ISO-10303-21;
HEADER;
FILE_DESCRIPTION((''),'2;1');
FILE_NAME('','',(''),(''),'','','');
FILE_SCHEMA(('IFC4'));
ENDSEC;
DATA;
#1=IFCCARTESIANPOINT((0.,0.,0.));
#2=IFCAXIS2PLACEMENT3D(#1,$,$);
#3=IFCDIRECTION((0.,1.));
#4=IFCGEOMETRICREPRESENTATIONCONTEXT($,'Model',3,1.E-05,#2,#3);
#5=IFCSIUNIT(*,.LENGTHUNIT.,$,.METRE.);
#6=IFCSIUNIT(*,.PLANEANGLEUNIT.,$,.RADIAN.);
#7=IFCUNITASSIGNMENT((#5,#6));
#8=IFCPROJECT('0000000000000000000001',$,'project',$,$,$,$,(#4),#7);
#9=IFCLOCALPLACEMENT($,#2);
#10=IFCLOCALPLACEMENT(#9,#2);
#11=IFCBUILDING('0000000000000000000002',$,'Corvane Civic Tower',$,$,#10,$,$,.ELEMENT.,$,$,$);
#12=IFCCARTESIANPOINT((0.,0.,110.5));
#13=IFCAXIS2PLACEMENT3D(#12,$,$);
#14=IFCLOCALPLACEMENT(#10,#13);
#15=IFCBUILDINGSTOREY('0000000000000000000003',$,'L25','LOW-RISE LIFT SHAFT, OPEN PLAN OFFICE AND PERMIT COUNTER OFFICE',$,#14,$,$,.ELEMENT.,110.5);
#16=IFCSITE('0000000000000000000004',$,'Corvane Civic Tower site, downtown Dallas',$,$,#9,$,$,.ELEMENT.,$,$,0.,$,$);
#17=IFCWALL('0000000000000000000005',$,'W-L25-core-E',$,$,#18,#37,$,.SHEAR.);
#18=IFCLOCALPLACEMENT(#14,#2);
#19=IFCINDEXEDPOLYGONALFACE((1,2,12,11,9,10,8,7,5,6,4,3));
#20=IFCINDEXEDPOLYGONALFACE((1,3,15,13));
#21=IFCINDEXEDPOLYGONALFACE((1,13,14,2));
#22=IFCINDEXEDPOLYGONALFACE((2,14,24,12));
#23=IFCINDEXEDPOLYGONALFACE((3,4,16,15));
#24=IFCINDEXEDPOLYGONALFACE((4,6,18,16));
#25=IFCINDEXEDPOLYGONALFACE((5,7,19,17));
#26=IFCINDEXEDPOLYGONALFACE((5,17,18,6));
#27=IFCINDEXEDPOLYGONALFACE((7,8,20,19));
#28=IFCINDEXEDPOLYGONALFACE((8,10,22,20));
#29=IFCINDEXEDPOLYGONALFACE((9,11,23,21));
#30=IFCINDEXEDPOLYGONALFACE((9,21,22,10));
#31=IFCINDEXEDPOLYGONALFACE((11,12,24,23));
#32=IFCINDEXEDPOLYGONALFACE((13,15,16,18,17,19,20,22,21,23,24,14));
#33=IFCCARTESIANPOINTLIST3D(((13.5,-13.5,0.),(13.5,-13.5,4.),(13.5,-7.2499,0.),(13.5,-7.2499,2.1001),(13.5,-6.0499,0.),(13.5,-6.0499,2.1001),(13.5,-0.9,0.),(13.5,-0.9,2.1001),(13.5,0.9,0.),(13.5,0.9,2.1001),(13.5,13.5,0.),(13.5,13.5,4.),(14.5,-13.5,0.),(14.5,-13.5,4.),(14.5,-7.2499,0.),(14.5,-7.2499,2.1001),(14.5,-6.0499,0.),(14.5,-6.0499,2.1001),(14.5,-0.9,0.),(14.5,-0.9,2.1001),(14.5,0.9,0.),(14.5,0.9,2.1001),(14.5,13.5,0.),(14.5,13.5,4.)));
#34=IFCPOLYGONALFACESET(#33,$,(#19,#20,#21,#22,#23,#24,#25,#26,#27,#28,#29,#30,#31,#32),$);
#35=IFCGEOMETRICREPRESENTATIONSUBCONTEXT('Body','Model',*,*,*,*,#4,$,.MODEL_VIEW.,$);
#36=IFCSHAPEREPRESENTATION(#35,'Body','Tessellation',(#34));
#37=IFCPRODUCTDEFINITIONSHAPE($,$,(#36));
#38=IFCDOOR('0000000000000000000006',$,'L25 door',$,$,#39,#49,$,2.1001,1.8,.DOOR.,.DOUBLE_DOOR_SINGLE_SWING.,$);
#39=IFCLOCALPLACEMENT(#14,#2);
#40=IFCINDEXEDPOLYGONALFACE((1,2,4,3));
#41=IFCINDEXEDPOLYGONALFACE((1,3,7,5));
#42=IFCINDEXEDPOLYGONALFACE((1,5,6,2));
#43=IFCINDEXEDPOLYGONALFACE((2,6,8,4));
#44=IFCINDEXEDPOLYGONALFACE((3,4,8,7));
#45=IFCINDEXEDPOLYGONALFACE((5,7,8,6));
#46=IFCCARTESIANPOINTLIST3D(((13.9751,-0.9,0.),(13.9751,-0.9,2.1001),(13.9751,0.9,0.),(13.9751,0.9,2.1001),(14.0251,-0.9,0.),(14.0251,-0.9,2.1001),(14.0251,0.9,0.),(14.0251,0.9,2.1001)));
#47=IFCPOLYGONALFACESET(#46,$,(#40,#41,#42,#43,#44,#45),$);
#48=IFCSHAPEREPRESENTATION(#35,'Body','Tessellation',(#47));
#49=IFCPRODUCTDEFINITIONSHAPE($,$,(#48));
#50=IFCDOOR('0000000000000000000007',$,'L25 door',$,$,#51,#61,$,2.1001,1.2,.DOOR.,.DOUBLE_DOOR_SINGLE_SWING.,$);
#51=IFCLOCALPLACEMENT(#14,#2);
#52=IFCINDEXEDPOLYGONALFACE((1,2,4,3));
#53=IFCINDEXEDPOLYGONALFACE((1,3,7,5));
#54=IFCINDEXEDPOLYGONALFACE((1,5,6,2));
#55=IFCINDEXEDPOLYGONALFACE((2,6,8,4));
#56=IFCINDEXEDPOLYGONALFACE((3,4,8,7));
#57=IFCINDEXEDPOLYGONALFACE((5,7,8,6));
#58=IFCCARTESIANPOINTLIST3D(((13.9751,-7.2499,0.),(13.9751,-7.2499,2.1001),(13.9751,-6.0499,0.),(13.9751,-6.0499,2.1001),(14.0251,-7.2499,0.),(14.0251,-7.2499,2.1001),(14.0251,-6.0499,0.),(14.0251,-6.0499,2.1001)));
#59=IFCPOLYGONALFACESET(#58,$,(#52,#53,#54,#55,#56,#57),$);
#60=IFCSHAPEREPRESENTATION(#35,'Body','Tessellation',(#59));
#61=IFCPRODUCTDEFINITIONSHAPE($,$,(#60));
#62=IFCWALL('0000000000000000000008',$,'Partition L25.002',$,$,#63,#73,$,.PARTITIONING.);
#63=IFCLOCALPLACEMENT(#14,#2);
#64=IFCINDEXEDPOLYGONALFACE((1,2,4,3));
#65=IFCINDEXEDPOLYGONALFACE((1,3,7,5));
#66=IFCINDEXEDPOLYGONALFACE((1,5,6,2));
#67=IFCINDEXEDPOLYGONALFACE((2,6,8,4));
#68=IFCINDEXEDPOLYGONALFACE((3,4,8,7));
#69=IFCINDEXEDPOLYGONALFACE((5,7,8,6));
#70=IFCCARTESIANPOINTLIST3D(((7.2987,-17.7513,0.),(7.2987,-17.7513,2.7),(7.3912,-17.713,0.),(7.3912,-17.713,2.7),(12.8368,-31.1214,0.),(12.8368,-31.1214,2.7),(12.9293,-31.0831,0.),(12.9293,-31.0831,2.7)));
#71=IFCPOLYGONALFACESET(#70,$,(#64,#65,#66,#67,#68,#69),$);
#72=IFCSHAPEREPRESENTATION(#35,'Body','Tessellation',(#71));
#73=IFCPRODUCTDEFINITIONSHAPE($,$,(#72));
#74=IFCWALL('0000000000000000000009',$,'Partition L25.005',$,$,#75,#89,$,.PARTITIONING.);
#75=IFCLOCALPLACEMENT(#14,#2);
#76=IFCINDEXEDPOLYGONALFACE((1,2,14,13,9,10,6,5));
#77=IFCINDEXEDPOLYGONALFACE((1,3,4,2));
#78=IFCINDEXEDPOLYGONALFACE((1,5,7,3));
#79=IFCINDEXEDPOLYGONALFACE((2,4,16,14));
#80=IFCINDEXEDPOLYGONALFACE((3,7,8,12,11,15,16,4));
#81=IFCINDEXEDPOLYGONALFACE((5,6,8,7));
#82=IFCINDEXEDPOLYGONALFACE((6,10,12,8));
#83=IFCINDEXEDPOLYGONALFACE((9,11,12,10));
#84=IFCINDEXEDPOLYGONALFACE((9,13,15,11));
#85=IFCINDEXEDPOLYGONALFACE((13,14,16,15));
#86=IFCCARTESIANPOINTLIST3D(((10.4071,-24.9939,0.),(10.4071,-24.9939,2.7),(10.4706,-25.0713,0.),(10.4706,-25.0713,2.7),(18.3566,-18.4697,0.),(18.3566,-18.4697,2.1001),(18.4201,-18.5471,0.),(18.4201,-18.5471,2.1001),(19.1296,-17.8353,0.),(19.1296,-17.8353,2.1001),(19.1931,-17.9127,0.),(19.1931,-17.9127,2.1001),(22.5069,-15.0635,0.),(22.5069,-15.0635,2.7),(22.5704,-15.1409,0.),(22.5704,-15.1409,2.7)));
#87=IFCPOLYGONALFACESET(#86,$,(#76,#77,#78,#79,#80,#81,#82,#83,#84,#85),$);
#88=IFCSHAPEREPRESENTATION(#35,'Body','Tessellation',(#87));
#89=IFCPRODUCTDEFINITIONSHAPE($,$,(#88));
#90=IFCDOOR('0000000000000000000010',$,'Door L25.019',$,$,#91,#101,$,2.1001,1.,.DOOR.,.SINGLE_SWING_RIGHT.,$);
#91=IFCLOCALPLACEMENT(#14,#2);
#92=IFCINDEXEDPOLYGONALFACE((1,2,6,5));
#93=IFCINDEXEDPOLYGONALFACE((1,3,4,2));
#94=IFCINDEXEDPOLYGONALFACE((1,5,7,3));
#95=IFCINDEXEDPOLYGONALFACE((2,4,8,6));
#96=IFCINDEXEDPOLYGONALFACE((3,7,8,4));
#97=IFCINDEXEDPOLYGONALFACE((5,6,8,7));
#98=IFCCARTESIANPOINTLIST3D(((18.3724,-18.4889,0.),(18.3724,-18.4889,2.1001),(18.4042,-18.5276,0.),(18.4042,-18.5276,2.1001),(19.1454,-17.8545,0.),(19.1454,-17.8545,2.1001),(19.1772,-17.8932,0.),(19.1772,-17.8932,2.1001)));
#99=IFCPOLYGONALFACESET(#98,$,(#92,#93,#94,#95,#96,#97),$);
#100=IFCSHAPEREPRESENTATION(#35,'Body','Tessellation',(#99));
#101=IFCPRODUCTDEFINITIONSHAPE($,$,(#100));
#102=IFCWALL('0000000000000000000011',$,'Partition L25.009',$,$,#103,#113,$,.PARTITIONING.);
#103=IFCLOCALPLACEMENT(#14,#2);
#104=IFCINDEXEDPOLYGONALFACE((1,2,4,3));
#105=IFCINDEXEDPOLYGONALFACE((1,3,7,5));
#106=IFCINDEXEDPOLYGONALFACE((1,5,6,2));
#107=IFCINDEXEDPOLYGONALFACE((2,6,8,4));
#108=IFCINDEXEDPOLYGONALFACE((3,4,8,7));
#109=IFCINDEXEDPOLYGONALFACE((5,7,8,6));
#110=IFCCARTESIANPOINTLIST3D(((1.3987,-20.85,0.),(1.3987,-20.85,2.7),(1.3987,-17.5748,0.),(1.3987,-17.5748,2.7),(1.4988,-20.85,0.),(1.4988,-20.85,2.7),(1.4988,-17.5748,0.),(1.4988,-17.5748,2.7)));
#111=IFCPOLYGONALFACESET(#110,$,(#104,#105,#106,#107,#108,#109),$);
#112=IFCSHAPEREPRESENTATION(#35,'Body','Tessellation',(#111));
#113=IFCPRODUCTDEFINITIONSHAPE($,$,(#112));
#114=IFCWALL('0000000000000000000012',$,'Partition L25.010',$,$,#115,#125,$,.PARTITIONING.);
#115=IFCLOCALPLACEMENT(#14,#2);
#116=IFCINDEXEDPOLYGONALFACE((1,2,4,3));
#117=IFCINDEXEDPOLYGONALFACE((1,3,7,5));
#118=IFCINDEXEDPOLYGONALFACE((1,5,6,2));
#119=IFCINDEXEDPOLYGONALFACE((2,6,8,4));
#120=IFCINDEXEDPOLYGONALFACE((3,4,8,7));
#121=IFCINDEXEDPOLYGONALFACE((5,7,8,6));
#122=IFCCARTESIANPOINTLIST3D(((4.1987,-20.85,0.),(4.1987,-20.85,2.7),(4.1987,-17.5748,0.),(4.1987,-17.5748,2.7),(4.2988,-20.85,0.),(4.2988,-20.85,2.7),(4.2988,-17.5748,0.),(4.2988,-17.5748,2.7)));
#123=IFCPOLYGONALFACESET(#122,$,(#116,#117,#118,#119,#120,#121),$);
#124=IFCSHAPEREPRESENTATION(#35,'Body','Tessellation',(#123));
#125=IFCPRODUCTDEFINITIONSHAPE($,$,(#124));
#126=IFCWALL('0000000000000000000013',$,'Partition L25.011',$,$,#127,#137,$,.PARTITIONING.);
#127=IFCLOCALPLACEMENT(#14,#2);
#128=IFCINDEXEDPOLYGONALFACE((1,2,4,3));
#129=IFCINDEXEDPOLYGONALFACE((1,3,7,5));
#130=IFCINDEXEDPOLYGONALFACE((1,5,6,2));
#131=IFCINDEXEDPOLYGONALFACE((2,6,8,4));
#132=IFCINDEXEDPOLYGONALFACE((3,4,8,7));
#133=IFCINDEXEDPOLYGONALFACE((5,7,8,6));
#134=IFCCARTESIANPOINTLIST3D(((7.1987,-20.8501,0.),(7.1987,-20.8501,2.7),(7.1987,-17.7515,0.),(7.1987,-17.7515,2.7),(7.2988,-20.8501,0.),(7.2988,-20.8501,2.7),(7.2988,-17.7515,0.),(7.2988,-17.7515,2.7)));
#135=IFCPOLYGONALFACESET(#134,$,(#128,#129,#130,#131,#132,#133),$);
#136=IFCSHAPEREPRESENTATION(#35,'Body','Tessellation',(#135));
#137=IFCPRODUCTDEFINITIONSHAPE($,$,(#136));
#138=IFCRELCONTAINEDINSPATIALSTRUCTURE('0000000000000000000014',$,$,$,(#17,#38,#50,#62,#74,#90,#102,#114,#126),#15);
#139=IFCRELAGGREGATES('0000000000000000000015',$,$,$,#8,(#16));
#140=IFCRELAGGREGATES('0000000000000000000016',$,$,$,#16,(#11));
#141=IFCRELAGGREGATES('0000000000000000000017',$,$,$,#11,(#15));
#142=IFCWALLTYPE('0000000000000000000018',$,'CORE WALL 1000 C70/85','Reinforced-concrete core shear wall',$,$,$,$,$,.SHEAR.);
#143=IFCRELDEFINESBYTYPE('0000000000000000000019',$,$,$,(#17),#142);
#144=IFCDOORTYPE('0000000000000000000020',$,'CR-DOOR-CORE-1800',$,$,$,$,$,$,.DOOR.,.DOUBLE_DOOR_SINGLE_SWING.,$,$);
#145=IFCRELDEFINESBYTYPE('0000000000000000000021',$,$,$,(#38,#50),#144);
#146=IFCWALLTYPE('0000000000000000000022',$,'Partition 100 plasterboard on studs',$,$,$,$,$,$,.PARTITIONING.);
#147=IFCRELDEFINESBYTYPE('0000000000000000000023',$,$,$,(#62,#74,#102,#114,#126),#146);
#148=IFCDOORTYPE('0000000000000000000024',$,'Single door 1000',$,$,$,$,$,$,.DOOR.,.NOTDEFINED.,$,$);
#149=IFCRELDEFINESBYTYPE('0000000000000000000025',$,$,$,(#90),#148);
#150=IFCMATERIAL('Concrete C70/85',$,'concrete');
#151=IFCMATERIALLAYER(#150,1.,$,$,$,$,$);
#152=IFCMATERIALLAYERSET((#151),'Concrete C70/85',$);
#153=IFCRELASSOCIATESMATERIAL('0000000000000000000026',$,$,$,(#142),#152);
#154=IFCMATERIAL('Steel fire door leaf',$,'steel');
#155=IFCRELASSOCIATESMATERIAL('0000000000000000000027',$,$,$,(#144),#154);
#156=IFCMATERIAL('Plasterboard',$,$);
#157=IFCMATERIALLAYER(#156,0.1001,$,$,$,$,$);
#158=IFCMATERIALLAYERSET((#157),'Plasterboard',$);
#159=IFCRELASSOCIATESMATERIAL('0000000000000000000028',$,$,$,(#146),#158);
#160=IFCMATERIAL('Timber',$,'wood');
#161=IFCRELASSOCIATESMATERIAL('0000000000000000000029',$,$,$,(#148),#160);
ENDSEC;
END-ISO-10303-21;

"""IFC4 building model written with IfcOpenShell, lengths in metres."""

from ifc_helpers import new_model, si_unit, direction, frame, frame_2d, origin, place, context, subcontext, project, spatial, rectangle, extrude, material, layer, layer_set, type_object, element, fill, save


model = new_model("IFC4")

# Units and contexts
model_context = context("Model", 3, precision=1e-05, world=origin(), true_north=direction((0.0, 1.0)))
body_context = subcontext(model_context, "Body", "Model", "MODEL_VIEW")
ifc_project = project(units=[si_unit("LENGTHUNIT", "METRE"), si_unit("PLANEANGLEUNIT", "RADIAN")], contexts=[model_context])

# Site, building, storey
site_placement = place(None, origin())
site = spatial("IfcSite", under=ifc_project, at=site_placement, Name="Corvane Civic Tower site, downtown Dallas", CompositionType="ELEMENT", RefElevation=0.0)
building_placement = place(site_placement, origin())
building = spatial("IfcBuilding", under=site, at=building_placement, Name="Corvane Civic Tower", CompositionType="ELEMENT")
storey_placement = place(building_placement, frame((0.0, 0.0, 110.5)))
storey = spatial("IfcBuildingStorey", under=building, at=storey_placement, Name="L25", Description="LOW-RISE LIFT SHAFT, OPEN PLAN OFFICE AND PERMIT COUNTER OFFICE", CompositionType="ELEMENT", Elevation=110.5)

# Wall, openings, doors
ifc_material_1 = material(Name="Concrete C70/85", Category="concrete")
ifc_layer_1 = layer(ifc_material_1, 1.0)
ifc_layer_set_1 = layer_set([ifc_layer_1], Name="Concrete C70/85")
wall_type_1 = type_object("IfcWallType", Name="CORE WALL 1000 C70/85", Description="Reinforced-concrete core shear wall", PredefinedType="SHEAR", material=ifc_layer_set_1)
wall_1_placement = place(storey_placement, frame((14.0, -13.5, 0.0), z_axis=(0.0, 0.0, 1.0), x_axis=(0.0, 1.0, 0.0)))
wall_1 = element("IfcWall", 1, at=wall_1_placement, inside=storey, type_object=wall_type_1, Name="W-L25-core-E", PredefinedType="SHEAR", context=body_context, shape_type="SweptSolid", body=[
    extrude(rectangle(XDim=27.0, YDim=1.0, at=frame_2d((13.5, 0.0))), origin(), (0.0, 0.0, 1.0), 4.0),
])
opening_1_placement = place(wall_1_placement, frame((12.6001, 0.0, 0.0)))
opening_1 = element("IfcOpeningElement", 2, at=opening_1_placement, cuts=wall_1, PredefinedType="OPENING", context=body_context, shape_type="SweptSolid", body=[
    extrude(rectangle(XDim=1.8, YDim=2.1001, at=frame_2d((0.8999, 1.05))), frame((0.0, 0.51, 0.0), z_axis=(0.0, -1.0, 0.0), x_axis=(1.0, 0.0, 0.0)), (0.0, 0.0, 1.0), 1.02),
])
opening_2_placement = place(wall_1_placement, frame((6.25, 0.0, 0.0)))
opening_2 = element("IfcOpeningElement", 3, at=opening_2_placement, cuts=wall_1, PredefinedType="OPENING", context=body_context, shape_type="SweptSolid", body=[
    extrude(rectangle(XDim=1.2, YDim=2.1001, at=frame_2d((0.6001, 1.05))), frame((0.0, 0.51, 0.0), z_axis=(0.0, -1.0, 0.0), x_axis=(1.0, 0.0, 0.0)), (0.0, 0.0, 1.0), 1.02),
])
ifc_material_2 = material(Name="Steel fire door leaf", Category="steel")
door_type_1 = type_object("IfcDoorType", Name="CR-DOOR-CORE-1800", OperationType="DOUBLE_DOOR_SINGLE_SWING", PredefinedType="DOOR", material=ifc_material_2)
door_1_placement = place(opening_1_placement, origin())
door_1 = element("IfcDoor", 4, at=door_1_placement, inside=storey, type_object=door_type_1, Name="L25 door", OperationType="DOUBLE_DOOR_SINGLE_SWING", OverallHeight=2.1001, OverallWidth=1.8, PredefinedType="DOOR", context=body_context, shape_type="SweptSolid", body=[
    extrude(rectangle(XDim=1.8, YDim=2.1001, at=frame_2d((0.8999, 1.05))), frame((0.0, 0.0249, 0.0), z_axis=(0.0, -1.0, 0.0), x_axis=(1.0, 0.0, 0.0)), (0.0, 0.0, 1.0), 0.05),
])
fill(opening_1, door_1)
door_2_placement = place(opening_2_placement, origin())
door_2 = element("IfcDoor", 5, at=door_2_placement, inside=storey, type_object=door_type_1, Name="L25 door", OperationType="DOUBLE_DOOR_SINGLE_SWING", OverallHeight=2.1001, OverallWidth=1.2, PredefinedType="DOOR", context=body_context, shape_type="SweptSolid", body=[
    extrude(rectangle(XDim=1.2, YDim=2.1001, at=frame_2d((0.6001, 1.05))), frame((0.0, 0.0249, 0.0), z_axis=(0.0, -1.0, 0.0), x_axis=(1.0, 0.0, 0.0)), (0.0, 0.0, 1.0), 0.05),
])
fill(opening_2, door_2)

# Wall
ifc_material_3 = material(Name="Plasterboard")
ifc_layer_2 = layer(ifc_material_3, 0.1001)
ifc_layer_set_2 = layer_set([ifc_layer_2], Name="Plasterboard")
wall_type_2 = type_object("IfcWallType", Name="Partition 100 plasterboard on studs", PredefinedType="PARTITIONING", material=ifc_layer_set_2)
wall_2_placement = place(storey_placement, frame((7.345, -17.7322, 0.0), z_axis=(0.0, 0.0, 1.0), x_axis=(0.382684, -0.923879, 0.0)))
element("IfcWall", 6, at=wall_2_placement, inside=storey, type_object=wall_type_2, Name="Partition L25.002", PredefinedType="PARTITIONING", context=body_context, shape_type="SweptSolid", body=[
    extrude(rectangle(XDim=14.4717, YDim=0.1001, at=frame_2d((7.2358, 0.0))), origin(), (0.0, 0.0, 1.0), 2.7),
])

# Wall, opening, door
wall_3_placement = place(storey_placement, frame((10.4387, -25.0327, 0.0), z_axis=(0.0, 0.0, 1.0), x_axis=(0.773, 0.634406, 0.0)))
wall_3 = element("IfcWall", 7, at=wall_3_placement, inside=storey, type_object=wall_type_2, Name="Partition L25.005", PredefinedType="PARTITIONING", context=body_context, shape_type="SweptSolid", body=[
    extrude(rectangle(XDim=15.6531, YDim=0.1001, at=frame_2d((7.8267, 0.0))), origin(), (0.0, 0.0, 1.0), 2.7),
])
opening_3_placement = place(wall_3_placement, frame((10.2842, 0.0, 0.0)))
opening_3 = element("IfcOpeningElement", 8, at=opening_3_placement, cuts=wall_3, PredefinedType="OPENING", context=body_context, shape_type="SweptSolid", body=[
    extrude(rectangle(XDim=1.0, YDim=2.1001, at=frame_2d((0.5, 1.05))), frame((0.0, 0.0601, 0.0), z_axis=(0.0, -1.0, 0.0), x_axis=(1.0, 0.0, 0.0)), (0.0, 0.0, 1.0), 0.1201),
])
ifc_material_4 = material(Name="Timber", Category="wood")
door_type_2 = type_object("IfcDoorType", Name="Single door 1000", OperationType="NOTDEFINED", PredefinedType="DOOR", material=ifc_material_4)
door_3_placement = place(opening_3_placement, frame((1.0, 0.0, 0.0), z_axis=(0.0, 0.0, 1.0), x_axis=(-1.0, 0.0, 0.0)))
door_3 = element("IfcDoor", 9, at=door_3_placement, inside=storey, type_object=door_type_2, Name="Door L25.019", OperationType="SINGLE_SWING_RIGHT", OverallHeight=2.1001, OverallWidth=1.0, PredefinedType="DOOR", context=body_context, shape_type="SweptSolid", body=[
    extrude(rectangle(XDim=1.0, YDim=2.1001, at=frame_2d((0.5, 1.05))), frame((0.0, 0.0249, 0.0), z_axis=(0.0, -1.0, 0.0), x_axis=(1.0, 0.0, 0.0)), (0.0, 0.0, 1.0), 0.05),
])
fill(opening_3, door_3)

# Walls
for number, where, z_axis, x_axis, name in (
    (10, (1.4487, -20.8501, 0.0), (0.0, 0.0, 1.0), (0.0, 1.0, 0.0), "Partition L25.009"),
    (11, (4.2488, -20.8501, 0.0), (0.0, 0.0, 1.0), (0.0, 1.0, 0.0), "Partition L25.010"),
):
    element("IfcWall", number, at=place(storey_placement, frame(where, z_axis=z_axis, x_axis=x_axis)), inside=storey, type_object=wall_type_2, Name=name, PredefinedType="PARTITIONING", context=body_context, shape_type="SweptSolid", body=[
        extrude(rectangle(XDim=3.2751, YDim=0.1001, at=frame_2d((1.6377, 0.0))), origin(), (0.0, 0.0, 1.0), 2.7),
    ])
wall_4_placement = place(storey_placement, frame((7.2488, -20.8501, 0.0), z_axis=(0.0, 0.0, 1.0), x_axis=(0.0, 1.0, 0.0)))
element("IfcWall", 12, at=wall_4_placement, inside=storey, type_object=wall_type_2, Name="Partition L25.011", PredefinedType="PARTITIONING", context=body_context, shape_type="SweptSolid", body=[
    extrude(rectangle(XDim=3.0986, YDim=0.1001, at=frame_2d((1.5493, 0.0))), origin(), (0.0, 0.0, 1.0), 2.7),
])

save(model, "model.ifc")
